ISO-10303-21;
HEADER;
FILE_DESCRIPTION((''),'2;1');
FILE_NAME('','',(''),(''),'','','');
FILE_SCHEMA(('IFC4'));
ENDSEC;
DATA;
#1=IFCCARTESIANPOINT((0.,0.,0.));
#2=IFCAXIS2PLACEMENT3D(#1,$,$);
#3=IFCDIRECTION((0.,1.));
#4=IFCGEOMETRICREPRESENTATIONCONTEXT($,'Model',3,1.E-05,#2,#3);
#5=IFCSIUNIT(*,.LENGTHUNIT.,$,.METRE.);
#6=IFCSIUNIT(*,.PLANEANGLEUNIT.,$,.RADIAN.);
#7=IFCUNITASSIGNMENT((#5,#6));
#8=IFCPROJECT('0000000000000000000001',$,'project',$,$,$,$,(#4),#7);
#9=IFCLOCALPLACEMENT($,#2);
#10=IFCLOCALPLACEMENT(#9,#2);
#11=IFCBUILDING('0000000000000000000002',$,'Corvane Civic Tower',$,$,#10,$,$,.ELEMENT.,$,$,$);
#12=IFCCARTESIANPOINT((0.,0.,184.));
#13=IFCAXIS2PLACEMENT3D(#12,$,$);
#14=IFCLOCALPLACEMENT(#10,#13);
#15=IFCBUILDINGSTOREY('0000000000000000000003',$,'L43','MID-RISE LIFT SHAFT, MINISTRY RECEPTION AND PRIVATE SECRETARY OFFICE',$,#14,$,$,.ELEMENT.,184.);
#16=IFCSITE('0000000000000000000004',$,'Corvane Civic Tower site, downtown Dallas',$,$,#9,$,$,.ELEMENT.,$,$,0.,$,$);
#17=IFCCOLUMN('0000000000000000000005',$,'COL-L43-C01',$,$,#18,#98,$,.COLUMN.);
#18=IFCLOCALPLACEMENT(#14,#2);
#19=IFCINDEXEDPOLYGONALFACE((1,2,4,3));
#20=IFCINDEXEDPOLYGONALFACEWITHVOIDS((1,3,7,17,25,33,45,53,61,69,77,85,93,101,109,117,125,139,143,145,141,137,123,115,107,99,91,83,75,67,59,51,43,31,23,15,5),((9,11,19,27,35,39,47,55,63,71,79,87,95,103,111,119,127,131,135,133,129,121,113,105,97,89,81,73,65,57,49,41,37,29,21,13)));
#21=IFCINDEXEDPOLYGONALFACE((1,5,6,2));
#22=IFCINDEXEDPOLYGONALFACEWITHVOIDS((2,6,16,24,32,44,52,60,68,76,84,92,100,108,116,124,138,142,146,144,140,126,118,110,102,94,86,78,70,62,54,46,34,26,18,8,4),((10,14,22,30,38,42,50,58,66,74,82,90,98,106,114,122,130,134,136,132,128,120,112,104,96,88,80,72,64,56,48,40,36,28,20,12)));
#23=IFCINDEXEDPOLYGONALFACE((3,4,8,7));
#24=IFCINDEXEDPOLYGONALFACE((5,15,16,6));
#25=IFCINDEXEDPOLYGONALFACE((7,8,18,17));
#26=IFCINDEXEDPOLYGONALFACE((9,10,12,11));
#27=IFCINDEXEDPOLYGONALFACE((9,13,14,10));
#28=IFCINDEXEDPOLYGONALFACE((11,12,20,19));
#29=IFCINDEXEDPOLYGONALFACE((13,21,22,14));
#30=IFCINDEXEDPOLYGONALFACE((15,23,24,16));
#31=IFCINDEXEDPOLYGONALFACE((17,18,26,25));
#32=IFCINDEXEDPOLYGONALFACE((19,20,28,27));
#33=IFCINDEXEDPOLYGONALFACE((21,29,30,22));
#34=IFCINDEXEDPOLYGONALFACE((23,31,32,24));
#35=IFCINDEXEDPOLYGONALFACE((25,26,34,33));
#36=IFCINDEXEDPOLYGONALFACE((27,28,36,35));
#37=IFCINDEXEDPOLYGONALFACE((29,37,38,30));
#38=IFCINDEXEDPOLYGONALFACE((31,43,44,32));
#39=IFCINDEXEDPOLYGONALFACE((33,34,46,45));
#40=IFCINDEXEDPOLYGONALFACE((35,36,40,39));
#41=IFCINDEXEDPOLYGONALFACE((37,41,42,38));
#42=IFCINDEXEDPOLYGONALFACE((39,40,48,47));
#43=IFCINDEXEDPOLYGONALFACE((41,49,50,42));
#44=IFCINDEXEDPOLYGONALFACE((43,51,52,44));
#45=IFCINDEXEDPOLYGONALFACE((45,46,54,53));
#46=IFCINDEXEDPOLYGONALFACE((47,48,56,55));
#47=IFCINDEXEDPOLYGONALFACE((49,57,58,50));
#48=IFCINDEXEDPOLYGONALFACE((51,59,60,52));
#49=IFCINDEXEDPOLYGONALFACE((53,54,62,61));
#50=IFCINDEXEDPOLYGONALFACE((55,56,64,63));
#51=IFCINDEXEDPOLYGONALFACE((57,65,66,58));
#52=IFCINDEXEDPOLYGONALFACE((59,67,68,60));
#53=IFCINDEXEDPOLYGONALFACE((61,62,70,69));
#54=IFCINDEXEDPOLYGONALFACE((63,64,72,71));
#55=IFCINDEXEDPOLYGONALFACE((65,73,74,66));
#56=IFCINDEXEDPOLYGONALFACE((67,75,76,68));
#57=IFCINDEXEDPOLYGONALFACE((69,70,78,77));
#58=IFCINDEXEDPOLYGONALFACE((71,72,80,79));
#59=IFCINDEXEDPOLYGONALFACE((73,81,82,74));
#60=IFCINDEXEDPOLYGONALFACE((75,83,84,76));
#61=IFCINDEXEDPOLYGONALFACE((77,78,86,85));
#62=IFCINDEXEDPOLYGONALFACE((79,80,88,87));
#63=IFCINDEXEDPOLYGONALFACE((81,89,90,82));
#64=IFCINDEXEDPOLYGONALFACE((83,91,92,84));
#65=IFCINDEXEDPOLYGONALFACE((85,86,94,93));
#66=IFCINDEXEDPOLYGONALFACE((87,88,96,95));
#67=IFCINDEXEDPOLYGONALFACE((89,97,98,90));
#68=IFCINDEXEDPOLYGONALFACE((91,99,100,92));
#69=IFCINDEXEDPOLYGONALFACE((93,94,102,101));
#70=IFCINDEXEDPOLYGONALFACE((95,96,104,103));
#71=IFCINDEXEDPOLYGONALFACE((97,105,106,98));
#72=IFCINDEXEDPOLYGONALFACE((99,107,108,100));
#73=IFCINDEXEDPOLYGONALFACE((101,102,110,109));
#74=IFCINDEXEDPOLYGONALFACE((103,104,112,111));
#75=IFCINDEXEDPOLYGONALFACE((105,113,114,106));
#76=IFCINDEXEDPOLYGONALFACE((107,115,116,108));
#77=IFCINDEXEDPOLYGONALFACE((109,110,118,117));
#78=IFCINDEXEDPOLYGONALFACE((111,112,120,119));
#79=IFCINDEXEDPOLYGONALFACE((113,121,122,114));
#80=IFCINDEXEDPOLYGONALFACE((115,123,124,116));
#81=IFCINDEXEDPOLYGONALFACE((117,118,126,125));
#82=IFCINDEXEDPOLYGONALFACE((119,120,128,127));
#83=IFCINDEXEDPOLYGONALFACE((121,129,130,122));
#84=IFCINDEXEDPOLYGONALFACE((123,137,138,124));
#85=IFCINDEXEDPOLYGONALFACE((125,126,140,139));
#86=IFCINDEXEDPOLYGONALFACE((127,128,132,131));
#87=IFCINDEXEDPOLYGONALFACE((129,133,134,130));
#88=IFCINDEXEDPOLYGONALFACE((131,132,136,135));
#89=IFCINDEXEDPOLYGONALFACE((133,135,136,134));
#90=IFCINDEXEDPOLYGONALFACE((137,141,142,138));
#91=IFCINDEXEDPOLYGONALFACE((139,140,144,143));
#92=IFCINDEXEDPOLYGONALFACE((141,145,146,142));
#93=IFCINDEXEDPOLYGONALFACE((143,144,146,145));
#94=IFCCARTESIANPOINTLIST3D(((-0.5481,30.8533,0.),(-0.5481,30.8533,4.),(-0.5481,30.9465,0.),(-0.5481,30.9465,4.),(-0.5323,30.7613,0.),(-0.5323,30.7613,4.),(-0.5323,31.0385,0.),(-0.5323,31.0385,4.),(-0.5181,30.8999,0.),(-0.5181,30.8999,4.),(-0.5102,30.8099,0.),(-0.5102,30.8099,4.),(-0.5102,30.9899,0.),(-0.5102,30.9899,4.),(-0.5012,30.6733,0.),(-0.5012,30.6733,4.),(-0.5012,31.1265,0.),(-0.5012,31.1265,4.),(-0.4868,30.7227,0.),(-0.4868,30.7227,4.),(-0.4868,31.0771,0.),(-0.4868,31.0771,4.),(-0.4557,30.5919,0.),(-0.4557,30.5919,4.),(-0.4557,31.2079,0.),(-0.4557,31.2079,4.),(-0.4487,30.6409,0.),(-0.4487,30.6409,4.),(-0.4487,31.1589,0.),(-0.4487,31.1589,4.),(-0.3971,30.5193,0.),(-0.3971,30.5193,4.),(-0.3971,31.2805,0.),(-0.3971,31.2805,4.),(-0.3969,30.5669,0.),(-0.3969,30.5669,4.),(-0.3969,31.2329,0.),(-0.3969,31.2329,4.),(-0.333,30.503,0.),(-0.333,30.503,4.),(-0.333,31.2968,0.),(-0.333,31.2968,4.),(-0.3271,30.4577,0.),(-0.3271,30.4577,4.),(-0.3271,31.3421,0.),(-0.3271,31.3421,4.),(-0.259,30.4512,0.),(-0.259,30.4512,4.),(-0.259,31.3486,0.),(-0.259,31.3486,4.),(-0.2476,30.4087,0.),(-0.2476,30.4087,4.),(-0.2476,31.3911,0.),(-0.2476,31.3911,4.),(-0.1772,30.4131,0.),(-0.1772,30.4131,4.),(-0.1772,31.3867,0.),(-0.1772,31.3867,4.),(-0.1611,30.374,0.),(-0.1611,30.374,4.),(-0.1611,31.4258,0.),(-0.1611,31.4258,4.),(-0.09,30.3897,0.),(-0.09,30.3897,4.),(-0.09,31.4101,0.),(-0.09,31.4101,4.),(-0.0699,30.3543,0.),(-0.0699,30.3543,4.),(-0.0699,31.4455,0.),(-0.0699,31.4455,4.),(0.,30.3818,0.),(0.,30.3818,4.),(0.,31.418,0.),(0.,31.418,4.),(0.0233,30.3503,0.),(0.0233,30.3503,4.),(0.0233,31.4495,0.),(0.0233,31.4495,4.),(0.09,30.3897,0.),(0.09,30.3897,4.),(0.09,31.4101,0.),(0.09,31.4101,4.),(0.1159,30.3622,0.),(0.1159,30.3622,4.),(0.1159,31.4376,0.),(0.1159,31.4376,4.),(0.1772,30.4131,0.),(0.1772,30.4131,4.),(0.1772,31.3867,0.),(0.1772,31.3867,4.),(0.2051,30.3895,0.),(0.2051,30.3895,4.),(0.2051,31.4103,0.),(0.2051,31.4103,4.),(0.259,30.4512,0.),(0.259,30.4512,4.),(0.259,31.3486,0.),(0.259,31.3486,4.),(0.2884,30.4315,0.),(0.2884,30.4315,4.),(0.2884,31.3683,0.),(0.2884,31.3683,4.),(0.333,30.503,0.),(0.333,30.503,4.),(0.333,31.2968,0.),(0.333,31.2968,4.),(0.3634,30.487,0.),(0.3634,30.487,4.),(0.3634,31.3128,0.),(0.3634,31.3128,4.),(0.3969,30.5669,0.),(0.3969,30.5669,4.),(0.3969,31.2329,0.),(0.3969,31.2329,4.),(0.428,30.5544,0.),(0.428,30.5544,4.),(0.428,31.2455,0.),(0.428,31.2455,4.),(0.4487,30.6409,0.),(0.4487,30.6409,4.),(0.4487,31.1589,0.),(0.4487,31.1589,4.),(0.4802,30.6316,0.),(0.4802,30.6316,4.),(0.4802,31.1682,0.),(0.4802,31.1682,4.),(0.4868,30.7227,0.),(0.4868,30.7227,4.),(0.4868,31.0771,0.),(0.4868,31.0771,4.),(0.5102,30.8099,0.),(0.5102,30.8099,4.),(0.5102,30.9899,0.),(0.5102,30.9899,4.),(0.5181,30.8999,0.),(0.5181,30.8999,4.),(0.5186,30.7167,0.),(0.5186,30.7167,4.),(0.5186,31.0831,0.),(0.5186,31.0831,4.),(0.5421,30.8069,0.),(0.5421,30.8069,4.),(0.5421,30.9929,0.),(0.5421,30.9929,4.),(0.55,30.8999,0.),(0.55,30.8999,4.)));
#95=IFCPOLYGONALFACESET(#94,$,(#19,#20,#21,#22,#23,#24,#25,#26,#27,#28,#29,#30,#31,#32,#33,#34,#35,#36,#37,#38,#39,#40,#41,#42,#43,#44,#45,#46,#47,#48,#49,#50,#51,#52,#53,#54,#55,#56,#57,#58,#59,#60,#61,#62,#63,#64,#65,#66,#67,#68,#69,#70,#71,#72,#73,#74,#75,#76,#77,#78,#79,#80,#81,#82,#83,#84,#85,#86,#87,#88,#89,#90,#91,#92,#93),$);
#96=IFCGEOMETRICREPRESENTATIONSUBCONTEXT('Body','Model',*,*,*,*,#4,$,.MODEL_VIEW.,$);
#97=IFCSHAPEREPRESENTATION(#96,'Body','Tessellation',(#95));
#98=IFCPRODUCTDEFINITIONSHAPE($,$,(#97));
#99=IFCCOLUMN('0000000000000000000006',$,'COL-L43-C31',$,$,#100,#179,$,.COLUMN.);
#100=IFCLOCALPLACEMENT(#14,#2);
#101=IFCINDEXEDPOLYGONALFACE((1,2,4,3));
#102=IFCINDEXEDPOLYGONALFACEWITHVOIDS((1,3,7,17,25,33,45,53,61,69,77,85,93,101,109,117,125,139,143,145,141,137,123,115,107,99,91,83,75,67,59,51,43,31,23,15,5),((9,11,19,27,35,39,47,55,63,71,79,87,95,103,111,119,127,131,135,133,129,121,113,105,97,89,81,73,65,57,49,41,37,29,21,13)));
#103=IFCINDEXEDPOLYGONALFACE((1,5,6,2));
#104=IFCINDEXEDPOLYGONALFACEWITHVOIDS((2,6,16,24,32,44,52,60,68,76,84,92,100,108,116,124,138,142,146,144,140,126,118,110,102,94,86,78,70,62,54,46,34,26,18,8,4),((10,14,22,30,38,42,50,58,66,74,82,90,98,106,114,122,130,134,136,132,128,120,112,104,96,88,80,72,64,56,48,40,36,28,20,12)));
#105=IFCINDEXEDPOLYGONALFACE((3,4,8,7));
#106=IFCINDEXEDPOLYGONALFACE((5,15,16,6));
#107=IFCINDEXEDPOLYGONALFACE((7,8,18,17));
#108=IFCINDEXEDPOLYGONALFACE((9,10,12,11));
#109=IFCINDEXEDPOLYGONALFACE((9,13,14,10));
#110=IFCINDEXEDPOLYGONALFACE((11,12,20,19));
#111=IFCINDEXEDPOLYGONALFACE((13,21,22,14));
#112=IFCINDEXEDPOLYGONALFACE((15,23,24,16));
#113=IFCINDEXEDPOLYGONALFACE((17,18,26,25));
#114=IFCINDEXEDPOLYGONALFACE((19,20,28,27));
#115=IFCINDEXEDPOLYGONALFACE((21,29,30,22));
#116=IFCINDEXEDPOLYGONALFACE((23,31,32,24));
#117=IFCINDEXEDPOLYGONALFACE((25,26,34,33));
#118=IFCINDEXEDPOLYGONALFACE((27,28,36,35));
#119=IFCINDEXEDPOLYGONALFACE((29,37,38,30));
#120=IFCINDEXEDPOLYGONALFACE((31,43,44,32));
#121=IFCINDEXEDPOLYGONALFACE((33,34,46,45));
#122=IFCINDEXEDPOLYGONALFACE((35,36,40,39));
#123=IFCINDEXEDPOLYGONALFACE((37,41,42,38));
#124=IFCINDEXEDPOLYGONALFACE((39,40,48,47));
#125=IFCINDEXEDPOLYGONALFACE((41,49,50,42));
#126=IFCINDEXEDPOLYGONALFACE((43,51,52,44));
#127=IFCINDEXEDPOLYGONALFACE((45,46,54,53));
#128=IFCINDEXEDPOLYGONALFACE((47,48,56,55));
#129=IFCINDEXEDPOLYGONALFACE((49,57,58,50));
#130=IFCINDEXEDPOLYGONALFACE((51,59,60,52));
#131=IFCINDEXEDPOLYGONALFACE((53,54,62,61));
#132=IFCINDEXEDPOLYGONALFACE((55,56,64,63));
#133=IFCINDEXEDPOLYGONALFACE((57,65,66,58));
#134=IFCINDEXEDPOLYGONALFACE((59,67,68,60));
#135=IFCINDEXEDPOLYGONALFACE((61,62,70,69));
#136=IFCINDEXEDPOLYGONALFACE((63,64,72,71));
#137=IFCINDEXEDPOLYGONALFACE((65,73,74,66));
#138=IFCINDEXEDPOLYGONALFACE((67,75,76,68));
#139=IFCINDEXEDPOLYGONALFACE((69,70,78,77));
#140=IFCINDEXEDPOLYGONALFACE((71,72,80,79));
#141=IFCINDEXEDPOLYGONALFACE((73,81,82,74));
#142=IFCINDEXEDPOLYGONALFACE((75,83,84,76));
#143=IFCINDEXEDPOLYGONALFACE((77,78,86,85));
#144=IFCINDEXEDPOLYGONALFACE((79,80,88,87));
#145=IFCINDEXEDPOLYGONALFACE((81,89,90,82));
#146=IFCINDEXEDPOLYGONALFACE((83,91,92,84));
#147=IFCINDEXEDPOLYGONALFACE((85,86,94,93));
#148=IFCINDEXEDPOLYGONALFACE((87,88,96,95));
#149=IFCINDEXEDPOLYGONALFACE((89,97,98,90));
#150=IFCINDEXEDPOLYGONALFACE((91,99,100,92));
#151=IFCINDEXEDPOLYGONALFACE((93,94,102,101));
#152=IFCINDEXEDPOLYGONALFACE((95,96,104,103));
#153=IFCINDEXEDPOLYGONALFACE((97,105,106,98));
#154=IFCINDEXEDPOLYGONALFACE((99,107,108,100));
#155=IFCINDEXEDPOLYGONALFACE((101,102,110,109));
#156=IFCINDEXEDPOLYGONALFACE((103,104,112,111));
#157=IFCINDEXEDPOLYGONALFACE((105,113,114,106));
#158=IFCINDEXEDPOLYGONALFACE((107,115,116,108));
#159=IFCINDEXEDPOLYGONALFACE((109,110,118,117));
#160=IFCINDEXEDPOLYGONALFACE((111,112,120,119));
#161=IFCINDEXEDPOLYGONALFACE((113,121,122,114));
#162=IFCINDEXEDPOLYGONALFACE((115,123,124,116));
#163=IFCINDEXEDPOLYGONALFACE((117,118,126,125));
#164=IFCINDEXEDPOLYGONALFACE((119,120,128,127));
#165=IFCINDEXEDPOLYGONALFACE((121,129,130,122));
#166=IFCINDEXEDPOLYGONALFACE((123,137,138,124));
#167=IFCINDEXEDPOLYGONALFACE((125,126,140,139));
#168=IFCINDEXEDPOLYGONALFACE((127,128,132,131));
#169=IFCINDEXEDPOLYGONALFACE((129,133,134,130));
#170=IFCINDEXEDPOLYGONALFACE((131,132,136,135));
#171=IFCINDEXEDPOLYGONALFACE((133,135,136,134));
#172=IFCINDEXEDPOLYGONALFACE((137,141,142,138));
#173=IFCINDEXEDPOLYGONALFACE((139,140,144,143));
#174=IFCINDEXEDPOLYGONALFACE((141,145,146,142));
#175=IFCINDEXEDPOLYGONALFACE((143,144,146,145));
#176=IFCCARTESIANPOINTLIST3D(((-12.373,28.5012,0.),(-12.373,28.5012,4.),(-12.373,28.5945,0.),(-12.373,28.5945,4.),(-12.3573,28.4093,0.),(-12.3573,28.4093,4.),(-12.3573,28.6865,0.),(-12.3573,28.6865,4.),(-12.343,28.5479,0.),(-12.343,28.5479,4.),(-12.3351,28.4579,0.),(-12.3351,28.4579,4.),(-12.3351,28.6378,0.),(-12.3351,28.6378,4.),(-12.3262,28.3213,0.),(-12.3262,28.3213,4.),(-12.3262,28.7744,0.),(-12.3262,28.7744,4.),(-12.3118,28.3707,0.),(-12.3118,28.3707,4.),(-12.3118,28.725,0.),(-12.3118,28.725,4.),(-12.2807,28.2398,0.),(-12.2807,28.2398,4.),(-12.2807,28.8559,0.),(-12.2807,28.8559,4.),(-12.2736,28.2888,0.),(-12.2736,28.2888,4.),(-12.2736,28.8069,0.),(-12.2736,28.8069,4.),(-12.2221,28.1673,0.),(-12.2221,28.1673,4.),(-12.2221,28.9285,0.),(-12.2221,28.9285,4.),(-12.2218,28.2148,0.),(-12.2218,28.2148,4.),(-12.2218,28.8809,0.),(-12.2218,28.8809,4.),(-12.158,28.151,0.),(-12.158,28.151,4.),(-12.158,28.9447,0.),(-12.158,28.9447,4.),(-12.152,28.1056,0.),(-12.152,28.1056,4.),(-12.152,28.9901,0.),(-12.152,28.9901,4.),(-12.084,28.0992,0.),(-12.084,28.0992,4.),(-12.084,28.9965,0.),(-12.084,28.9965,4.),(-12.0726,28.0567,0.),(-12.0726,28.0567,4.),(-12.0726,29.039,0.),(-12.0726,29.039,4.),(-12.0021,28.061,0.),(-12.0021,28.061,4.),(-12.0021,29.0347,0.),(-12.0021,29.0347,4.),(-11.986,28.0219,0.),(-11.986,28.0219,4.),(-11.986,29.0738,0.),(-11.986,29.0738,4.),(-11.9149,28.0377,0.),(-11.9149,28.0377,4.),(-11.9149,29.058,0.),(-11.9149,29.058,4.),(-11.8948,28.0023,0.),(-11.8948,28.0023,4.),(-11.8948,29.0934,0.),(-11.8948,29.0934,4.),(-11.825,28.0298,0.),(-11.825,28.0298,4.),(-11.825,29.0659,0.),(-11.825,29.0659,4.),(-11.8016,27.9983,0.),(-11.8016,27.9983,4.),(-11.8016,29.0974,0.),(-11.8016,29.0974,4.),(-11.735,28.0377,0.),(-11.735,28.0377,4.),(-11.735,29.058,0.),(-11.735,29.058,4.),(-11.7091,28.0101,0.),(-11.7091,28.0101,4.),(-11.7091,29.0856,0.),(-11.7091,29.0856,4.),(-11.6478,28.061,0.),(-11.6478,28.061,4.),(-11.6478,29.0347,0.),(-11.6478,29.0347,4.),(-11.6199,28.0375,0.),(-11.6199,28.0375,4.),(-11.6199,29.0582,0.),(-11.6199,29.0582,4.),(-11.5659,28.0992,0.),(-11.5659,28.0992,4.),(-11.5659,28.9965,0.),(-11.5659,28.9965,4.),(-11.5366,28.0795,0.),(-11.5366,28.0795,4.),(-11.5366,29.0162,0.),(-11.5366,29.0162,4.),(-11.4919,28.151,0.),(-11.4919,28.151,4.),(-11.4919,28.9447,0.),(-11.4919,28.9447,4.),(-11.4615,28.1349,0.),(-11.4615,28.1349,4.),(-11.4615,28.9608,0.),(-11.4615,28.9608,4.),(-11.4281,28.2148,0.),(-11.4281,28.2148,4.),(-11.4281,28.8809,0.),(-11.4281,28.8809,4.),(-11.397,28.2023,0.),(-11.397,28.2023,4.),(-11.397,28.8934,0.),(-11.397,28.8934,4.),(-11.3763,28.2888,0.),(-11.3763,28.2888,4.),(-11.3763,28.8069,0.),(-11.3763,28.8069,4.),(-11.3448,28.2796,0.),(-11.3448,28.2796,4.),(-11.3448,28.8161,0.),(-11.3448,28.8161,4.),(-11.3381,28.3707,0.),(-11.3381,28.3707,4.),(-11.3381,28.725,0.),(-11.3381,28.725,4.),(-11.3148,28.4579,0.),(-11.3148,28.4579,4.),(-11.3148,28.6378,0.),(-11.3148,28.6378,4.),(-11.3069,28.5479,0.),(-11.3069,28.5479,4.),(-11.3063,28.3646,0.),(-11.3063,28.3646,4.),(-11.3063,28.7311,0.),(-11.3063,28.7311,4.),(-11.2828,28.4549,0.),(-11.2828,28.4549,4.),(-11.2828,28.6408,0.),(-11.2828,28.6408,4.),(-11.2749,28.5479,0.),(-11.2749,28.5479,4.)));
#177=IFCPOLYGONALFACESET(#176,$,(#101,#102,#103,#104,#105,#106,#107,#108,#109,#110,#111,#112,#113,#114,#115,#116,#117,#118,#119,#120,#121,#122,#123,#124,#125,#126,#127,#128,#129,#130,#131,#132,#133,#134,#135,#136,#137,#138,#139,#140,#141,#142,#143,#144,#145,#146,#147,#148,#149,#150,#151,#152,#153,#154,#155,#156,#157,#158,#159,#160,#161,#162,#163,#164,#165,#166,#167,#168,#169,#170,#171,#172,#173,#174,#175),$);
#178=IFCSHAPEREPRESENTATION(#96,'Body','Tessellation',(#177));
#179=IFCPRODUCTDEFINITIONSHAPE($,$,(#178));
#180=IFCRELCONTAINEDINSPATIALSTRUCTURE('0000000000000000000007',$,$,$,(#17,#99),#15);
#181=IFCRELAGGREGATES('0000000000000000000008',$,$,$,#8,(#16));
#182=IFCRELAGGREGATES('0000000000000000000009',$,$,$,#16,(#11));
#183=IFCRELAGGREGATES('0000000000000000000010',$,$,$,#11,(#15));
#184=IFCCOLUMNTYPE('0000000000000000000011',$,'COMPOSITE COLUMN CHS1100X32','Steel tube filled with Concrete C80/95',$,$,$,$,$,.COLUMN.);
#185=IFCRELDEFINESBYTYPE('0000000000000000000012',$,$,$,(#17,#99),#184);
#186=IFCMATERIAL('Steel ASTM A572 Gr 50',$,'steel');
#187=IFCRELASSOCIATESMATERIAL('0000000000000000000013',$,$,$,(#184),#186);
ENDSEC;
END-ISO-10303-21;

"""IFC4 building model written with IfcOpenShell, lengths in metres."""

from ifc_helpers import new_model, si_unit, direction, frame, origin, origin_2d, place, context, subcontext, project, spatial, hollow_circle, extrude, material, material_profile, profile_set, type_object, element, save


model = new_model("IFC4")

# Units and contexts
model_context = context("Model", 3, precision=1e-05, world=origin(), true_north=direction((0.0, 1.0)))
body_context = subcontext(model_context, "Body", "Model", "MODEL_VIEW")
ifc_project = project(units=[si_unit("LENGTHUNIT", "METRE"), si_unit("PLANEANGLEUNIT", "RADIAN")], contexts=[model_context])

# Site, building, storey
site_placement = place(None, origin())
site = spatial("IfcSite", under=ifc_project, at=site_placement, Name="Corvane Civic Tower site, downtown Dallas", CompositionType="ELEMENT", RefElevation=0.0)
building_placement = place(site_placement, origin())
building = spatial("IfcBuilding", under=site, at=building_placement, Name="Corvane Civic Tower", CompositionType="ELEMENT")
storey_placement = place(building_placement, frame((0.0, 0.0, 184.0)))
storey = spatial("IfcBuildingStorey", under=building, at=storey_placement, Name="L43", Description="MID-RISE LIFT SHAFT, MINISTRY RECEPTION AND PRIVATE SECRETARY OFFICE", CompositionType="ELEMENT", Elevation=184.0)

# Columns
ifc_material_1 = material(Name="Steel ASTM A572 Gr 50", Category="steel")
ifc_material_profile_1 = material_profile(ifc_material_1, hollow_circle(Radius=0.55, WallThickness=0.032, at=origin_2d()), Name="CHS1100X32")
ifc_profile_set_1 = profile_set([ifc_material_profile_1], Name="Steel ASTM A572 Gr 50")
column_type = type_object("IfcColumnType", Name="COMPOSITE COLUMN CHS1100X32", Description="Steel tube filled with Concrete C80/95", PredefinedType="COLUMN", material=ifc_profile_set_1)
for number, where, z_axis, x_axis, name in (
    (1, (0.0, 30.8999, 0.0), (0.0, 0.0, 1.0), (1.0, 0.0, 0.0), "COL-L43-C01"),
    (2, (-11.825, 28.5479, 0.0), (0.0, 0.0, 1.0), (1.0, 0.0, 0.0), "COL-L43-C31"),
):
    element("IfcColumn", number, at=place(storey_placement, frame(where, z_axis=z_axis, x_axis=x_axis)), inside=storey, type_object=column_type, Name=name, PredefinedType="COLUMN", context=body_context, shape_type="SweptSolid", body=[
        extrude(hollow_circle(Radius=0.55, WallThickness=0.032, at=origin_2d()), origin(), (0.0, 0.0, 1.0), 4.0),
    ])

save(model, "model.ifc")
